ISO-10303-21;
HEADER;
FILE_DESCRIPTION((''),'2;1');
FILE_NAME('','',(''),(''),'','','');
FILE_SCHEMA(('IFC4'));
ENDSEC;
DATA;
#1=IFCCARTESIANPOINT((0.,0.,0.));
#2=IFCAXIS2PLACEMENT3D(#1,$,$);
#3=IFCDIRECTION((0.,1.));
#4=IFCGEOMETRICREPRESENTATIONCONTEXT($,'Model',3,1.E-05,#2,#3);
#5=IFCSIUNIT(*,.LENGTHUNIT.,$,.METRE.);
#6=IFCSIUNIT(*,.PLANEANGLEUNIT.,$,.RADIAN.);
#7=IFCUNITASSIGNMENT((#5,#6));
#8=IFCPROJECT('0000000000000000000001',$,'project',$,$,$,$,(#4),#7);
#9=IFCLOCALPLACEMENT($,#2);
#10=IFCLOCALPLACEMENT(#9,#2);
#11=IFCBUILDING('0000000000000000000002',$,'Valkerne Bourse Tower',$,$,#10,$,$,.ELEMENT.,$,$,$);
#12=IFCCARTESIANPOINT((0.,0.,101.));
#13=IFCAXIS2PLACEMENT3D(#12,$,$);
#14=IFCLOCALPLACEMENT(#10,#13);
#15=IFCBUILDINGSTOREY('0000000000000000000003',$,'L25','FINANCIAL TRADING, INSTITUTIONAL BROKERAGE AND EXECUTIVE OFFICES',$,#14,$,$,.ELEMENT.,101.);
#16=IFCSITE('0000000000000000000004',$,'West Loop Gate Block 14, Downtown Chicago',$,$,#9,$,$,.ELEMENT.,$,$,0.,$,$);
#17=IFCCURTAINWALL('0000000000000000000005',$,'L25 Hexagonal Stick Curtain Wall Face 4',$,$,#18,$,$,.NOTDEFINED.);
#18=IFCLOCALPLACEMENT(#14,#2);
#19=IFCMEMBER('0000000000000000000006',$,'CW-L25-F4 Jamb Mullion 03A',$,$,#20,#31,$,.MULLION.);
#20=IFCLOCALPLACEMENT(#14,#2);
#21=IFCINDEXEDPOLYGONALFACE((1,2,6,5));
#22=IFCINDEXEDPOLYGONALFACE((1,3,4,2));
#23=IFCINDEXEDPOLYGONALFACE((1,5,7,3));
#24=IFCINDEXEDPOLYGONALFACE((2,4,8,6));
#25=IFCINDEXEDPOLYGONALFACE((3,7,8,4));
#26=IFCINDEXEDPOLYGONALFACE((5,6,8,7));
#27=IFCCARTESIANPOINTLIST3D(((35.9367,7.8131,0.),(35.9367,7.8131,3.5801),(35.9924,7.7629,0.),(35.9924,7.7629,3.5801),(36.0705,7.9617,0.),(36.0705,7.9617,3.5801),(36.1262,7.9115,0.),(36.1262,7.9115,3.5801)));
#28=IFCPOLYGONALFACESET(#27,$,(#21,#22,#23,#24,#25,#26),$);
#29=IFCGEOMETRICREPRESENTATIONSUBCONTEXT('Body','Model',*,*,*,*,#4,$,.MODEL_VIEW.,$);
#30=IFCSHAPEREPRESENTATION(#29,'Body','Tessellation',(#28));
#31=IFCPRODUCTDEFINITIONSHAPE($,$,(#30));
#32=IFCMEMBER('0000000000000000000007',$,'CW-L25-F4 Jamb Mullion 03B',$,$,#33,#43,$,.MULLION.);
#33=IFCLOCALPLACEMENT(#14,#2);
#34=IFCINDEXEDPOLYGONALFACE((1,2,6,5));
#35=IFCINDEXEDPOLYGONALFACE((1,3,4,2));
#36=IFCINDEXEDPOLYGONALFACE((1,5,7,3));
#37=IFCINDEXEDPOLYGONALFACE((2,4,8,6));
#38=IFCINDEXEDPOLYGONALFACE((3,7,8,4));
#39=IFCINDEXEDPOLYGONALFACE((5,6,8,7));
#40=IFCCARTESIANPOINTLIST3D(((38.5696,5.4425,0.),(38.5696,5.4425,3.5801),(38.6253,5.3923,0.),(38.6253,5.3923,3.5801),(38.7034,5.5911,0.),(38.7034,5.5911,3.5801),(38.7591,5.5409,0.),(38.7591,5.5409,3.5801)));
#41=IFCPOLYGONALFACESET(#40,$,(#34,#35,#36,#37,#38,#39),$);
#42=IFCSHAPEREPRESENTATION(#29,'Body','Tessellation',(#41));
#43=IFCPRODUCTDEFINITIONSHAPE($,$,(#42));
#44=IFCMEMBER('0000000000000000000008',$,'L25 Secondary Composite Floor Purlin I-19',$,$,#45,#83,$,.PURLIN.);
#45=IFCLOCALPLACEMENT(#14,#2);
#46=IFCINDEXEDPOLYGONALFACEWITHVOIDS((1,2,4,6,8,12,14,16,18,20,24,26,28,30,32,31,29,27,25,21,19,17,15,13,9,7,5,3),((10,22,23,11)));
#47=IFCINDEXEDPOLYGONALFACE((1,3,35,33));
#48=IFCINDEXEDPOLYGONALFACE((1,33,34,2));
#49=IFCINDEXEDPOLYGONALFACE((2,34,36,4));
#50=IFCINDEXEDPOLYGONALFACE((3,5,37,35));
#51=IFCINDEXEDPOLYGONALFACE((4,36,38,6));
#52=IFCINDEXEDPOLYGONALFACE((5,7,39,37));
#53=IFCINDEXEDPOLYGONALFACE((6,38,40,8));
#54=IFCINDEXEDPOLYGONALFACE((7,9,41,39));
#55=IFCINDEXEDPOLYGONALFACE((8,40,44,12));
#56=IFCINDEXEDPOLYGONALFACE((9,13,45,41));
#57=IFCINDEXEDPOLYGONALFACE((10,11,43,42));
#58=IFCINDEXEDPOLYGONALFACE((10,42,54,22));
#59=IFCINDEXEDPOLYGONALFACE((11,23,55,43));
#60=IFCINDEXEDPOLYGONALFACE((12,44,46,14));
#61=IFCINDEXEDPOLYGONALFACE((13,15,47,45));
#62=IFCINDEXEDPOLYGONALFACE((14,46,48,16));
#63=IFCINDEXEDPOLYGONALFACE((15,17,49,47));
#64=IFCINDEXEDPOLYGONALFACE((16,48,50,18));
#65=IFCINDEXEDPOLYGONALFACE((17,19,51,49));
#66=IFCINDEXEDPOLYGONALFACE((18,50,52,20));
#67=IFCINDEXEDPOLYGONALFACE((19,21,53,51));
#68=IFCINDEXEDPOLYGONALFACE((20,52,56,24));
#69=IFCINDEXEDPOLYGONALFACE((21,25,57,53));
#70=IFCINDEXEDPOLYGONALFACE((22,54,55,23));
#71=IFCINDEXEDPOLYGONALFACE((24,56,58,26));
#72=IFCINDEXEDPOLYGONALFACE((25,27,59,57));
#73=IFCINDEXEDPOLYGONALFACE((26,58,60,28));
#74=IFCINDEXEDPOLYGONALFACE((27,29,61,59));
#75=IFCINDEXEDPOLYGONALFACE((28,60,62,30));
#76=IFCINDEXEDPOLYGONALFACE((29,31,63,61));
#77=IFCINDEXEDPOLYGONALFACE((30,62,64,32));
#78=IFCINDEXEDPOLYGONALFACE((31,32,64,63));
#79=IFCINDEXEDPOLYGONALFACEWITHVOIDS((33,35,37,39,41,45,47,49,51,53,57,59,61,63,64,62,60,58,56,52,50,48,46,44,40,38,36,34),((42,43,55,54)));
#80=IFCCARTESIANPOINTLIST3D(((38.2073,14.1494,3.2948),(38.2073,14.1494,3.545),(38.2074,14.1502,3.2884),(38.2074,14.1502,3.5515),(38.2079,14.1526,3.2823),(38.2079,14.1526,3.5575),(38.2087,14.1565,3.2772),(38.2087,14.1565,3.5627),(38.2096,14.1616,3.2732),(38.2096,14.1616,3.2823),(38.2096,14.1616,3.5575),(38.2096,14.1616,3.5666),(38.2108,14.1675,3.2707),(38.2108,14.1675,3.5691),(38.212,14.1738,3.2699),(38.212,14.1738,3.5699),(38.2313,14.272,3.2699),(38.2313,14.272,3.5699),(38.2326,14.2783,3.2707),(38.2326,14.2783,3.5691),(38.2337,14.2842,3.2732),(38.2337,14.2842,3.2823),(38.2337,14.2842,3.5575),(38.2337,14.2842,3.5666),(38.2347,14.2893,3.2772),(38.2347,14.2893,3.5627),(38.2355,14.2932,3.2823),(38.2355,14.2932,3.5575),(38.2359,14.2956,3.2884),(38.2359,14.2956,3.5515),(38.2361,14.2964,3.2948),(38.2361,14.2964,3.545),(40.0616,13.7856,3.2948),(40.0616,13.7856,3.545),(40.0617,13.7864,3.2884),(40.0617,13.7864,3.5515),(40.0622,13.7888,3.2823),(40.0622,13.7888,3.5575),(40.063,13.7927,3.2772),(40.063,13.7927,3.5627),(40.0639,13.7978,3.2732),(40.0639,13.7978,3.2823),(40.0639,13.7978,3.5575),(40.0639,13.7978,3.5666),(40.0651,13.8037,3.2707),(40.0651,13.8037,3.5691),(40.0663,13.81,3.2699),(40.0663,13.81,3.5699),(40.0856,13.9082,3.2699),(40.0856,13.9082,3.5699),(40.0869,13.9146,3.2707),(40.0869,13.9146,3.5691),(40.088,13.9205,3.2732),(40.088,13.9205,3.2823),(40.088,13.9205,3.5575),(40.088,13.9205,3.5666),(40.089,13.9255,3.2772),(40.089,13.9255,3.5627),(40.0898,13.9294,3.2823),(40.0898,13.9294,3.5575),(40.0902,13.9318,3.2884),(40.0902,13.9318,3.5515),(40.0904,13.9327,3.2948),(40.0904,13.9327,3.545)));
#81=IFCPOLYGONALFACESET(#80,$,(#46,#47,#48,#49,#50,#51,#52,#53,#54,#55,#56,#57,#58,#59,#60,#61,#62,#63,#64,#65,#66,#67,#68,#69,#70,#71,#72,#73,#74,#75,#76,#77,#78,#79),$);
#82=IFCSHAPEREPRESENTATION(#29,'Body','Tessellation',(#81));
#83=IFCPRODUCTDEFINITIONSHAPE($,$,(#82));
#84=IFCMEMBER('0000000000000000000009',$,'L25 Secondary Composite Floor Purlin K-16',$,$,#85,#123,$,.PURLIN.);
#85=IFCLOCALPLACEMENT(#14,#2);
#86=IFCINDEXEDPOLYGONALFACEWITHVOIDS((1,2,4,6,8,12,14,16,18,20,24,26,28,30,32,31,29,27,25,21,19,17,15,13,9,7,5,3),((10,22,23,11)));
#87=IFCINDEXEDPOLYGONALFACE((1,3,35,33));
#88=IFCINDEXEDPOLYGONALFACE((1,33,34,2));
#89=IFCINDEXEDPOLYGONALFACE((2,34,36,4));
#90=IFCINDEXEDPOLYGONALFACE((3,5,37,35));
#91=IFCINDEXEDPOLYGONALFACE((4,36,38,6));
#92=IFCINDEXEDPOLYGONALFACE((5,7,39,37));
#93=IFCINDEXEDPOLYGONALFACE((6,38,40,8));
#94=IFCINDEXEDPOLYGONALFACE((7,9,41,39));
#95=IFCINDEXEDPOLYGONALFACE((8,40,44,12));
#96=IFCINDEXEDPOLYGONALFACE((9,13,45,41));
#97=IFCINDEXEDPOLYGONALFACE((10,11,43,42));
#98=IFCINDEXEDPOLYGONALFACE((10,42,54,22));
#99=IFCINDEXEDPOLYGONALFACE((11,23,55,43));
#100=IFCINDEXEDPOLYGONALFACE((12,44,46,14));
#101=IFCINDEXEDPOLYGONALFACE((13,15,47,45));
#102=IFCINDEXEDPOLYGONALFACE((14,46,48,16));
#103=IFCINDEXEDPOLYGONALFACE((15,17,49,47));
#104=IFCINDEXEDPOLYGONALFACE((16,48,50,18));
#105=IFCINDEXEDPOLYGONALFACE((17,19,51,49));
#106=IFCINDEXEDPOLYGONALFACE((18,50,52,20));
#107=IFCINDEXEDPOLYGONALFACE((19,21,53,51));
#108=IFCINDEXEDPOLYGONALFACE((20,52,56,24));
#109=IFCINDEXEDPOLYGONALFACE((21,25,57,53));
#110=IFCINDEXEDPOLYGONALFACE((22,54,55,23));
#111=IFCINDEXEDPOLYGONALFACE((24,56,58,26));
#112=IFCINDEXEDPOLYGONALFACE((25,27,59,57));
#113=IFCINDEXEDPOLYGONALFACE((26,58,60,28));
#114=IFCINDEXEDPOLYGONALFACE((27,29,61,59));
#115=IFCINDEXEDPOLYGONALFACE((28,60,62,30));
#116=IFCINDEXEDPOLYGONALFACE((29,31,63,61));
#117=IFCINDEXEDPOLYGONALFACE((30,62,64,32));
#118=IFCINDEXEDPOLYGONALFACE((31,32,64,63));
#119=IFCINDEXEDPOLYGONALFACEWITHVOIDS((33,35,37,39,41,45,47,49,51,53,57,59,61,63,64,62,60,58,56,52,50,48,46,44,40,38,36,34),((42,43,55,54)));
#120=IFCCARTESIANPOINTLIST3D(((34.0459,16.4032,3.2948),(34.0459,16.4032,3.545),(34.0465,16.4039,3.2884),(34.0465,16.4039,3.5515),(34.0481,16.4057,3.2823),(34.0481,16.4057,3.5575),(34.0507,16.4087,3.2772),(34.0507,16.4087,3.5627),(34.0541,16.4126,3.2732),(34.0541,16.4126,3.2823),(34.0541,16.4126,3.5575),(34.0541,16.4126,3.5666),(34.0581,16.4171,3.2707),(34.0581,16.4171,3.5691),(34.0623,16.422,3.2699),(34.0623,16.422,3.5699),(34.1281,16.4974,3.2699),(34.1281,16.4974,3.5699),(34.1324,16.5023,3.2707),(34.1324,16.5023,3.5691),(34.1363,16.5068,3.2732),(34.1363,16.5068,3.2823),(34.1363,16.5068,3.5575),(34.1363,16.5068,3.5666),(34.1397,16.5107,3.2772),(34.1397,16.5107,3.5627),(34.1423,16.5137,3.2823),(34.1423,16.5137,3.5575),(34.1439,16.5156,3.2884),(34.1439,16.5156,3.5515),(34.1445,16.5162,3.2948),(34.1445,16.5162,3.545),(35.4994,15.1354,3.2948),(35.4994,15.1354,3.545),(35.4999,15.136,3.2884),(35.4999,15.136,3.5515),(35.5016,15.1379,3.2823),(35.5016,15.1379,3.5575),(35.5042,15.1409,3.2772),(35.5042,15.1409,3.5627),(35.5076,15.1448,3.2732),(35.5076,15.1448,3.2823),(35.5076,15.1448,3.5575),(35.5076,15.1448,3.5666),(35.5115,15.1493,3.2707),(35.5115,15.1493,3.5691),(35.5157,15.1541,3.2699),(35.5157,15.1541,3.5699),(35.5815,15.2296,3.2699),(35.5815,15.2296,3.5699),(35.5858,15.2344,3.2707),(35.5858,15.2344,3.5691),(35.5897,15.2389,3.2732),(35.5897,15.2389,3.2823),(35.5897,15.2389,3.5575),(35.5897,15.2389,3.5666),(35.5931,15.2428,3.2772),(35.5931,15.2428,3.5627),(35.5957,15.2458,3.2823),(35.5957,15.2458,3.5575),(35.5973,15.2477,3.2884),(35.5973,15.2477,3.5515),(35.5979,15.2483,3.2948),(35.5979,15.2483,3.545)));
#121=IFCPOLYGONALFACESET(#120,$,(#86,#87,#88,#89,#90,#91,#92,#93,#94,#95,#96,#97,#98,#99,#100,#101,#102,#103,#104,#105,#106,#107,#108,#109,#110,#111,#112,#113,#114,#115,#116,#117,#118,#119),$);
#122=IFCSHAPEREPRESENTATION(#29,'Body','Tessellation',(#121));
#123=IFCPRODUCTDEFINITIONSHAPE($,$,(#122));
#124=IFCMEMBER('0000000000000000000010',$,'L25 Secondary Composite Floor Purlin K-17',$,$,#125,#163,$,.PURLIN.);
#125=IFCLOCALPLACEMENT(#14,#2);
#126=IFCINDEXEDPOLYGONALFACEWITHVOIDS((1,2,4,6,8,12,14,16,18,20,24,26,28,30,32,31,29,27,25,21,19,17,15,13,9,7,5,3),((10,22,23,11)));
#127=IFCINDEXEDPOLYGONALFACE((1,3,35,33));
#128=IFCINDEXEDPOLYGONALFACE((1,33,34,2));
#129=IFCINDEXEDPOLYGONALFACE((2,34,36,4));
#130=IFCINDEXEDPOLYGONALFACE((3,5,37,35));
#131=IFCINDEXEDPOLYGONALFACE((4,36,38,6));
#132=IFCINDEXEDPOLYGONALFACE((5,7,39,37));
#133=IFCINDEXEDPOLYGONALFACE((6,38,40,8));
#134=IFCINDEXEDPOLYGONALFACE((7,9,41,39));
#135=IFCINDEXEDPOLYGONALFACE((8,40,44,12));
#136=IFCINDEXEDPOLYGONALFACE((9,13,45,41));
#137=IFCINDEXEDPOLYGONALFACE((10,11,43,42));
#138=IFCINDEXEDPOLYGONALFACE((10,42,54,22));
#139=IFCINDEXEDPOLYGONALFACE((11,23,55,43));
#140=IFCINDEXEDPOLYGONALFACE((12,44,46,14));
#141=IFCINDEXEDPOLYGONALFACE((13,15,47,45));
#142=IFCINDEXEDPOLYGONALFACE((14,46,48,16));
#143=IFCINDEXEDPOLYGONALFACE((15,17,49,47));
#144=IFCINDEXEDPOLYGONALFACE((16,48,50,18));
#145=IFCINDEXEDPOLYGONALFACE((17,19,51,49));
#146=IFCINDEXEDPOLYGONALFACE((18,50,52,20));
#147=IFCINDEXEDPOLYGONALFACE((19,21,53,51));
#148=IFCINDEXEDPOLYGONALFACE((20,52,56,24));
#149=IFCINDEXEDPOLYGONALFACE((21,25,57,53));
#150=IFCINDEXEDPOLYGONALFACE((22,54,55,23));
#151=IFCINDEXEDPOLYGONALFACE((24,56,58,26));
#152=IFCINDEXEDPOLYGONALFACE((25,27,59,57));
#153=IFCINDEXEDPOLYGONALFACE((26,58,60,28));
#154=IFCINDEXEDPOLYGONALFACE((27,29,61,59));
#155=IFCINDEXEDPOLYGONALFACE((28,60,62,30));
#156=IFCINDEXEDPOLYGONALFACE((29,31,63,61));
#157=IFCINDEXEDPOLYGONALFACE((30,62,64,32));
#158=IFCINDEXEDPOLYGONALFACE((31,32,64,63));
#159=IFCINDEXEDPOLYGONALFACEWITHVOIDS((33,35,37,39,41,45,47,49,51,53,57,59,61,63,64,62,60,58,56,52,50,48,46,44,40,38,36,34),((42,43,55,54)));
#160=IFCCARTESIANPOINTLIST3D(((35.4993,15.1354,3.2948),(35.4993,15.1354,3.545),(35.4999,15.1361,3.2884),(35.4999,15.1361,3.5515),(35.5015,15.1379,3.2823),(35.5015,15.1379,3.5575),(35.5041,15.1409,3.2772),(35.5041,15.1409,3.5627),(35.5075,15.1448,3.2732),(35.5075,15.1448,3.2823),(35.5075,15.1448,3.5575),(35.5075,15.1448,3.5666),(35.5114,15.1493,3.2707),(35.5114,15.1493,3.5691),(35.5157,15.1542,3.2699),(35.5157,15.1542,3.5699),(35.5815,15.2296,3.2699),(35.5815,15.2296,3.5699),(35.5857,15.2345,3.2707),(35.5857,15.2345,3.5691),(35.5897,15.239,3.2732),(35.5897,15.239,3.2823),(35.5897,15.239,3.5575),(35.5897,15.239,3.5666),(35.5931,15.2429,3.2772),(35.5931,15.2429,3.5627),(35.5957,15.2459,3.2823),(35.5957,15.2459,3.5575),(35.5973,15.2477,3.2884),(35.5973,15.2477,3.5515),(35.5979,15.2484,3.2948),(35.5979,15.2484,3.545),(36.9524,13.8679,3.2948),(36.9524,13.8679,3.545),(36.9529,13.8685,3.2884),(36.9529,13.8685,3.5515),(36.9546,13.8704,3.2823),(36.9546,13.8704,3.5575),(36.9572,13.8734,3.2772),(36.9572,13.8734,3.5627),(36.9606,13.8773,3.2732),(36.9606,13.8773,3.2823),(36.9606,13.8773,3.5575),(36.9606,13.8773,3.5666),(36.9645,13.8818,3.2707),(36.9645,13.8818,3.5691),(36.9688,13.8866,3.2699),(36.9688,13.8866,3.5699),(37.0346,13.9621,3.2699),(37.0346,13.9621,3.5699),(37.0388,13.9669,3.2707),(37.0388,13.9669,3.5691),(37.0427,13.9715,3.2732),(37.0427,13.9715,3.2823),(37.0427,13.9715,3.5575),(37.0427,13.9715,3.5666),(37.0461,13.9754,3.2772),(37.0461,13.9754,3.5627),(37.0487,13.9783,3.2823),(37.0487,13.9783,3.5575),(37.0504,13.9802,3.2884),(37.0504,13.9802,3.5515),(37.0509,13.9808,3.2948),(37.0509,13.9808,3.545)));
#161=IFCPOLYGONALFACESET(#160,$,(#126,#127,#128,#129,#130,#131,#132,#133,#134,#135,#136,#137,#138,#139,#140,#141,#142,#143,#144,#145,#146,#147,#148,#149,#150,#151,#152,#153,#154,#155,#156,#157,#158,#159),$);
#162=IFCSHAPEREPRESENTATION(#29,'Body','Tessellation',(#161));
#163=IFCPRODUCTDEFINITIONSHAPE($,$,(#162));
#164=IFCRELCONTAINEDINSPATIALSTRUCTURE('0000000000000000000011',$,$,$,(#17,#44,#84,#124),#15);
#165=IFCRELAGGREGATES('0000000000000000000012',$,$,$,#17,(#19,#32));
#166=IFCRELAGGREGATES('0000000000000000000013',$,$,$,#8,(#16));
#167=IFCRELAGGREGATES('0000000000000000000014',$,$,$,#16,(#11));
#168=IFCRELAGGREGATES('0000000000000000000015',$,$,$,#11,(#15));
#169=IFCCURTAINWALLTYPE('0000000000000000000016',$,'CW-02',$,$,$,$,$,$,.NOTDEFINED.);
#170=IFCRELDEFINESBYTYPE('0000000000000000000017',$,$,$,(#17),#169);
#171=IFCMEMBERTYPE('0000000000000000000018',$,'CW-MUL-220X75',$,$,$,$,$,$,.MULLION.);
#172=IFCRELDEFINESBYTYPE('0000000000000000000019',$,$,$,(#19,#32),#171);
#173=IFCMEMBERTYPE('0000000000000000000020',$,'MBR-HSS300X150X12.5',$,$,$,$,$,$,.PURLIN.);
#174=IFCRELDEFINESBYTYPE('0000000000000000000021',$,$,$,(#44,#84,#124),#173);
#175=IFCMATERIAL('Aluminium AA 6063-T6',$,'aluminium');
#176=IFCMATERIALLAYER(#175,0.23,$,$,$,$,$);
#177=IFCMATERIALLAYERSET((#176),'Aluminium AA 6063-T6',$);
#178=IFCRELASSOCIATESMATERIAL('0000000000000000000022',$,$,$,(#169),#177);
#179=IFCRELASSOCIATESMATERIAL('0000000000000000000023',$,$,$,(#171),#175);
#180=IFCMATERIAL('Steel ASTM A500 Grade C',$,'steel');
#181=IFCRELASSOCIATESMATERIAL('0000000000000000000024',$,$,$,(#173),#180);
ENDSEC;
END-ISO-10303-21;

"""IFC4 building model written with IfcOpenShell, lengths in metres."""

from ifc_helpers import new_model, si_unit, direction, frame, origin, origin_2d, place, context, subcontext, project, spatial, rectangle, hollow_rectangle, extrude, material, layer, layer_set, material_profile, profile_set, type_object, element, aggregate, save


model = new_model("IFC4")

# Units and contexts
model_context = context("Model", 3, precision=1e-05, world=origin(), true_north=direction((0.0, 1.0)))
body_context = subcontext(model_context, "Body", "Model", "MODEL_VIEW")
ifc_project = project(units=[si_unit("LENGTHUNIT", "METRE"), si_unit("PLANEANGLEUNIT", "RADIAN")], contexts=[model_context])

# Site, building, storey
site_placement = place(None, origin())
site = spatial("IfcSite", under=ifc_project, at=site_placement, Name="West Loop Gate Block 14, Downtown Chicago", CompositionType="ELEMENT", RefElevation=0.0)
building_placement = place(site_placement, origin())
building = spatial("IfcBuilding", under=site, at=building_placement, Name="Valkerne Bourse Tower", CompositionType="ELEMENT")
storey_placement = place(building_placement, frame((0.0, 0.0, 101.0)))
storey = spatial("IfcBuildingStorey", under=building, at=storey_placement, Name="L25", Description="FINANCIAL TRADING, INSTITUTIONAL BROKERAGE AND EXECUTIVE OFFICES", CompositionType="ELEMENT", Elevation=101.0)

# Curtain wall, members
ifc_material_1 = material(Name="Aluminium AA 6063-T6", Category="aluminium")
ifc_layer_1 = layer(ifc_material_1, 0.23)
ifc_layer_set_1 = layer_set([ifc_layer_1], Name="Aluminium AA 6063-T6")
curtain_wall_type = type_object("IfcCurtainWallType", Name="CW-02", PredefinedType="NOTDEFINED", material=ifc_layer_set_1)
curtain_wall_placement = place(storey_placement, origin())
curtain_wall = element("IfcCurtainWall", 1, at=curtain_wall_placement, inside=storey, type_object=curtain_wall_type, Name="L25 Hexagonal Stick Curtain Wall Face 4", PredefinedType="NOTDEFINED")
ifc_material_profile_1 = material_profile(ifc_material_1, rectangle(XDim=0.075, YDim=0.2, at=origin_2d()), Name="CWM-75X200")
ifc_profile_set_1 = profile_set([ifc_material_profile_1], Name="Aluminium AA 6063-T6")
member_type_1 = type_object("IfcMemberType", Name="CW-MUL-220X75", PredefinedType="MULLION", material=ifc_profile_set_1)
member_1_placement = place(storey_placement, frame((36.0315, 7.8623, 0.0), z_axis=(0.0, 0.0, 1.0), x_axis=(0.743144, -0.669131, 0.0)))
member_1 = element("IfcMember", 2, at=member_1_placement, type_object=member_type_1, Name="CW-L25-F4 Jamb Mullion 03A", PredefinedType="MULLION", context=body_context, shape_type="SweptSolid", body=[
    extrude(rectangle(XDim=0.075, YDim=0.2, at=origin_2d()), origin(), (0.0, 0.0, 1.0), 3.5801),
])
member_2_placement = place(storey_placement, frame((38.6643, 5.4917, 0.0), z_axis=(0.0, 0.0, 1.0), x_axis=(0.743144, -0.669131, 0.0)))
member_2 = element("IfcMember", 3, at=member_2_placement, type_object=member_type_1, Name="CW-L25-F4 Jamb Mullion 03B", PredefinedType="MULLION", context=body_context, shape_type="SweptSolid", body=[
    extrude(rectangle(XDim=0.075, YDim=0.2, at=origin_2d()), origin(), (0.0, 0.0, 1.0), 3.5801),
])

# Members
ifc_material_2 = material(Name="Steel ASTM A500 Grade C", Category="steel")
ifc_material_profile_2 = material_profile(ifc_material_2, hollow_rectangle(XDim=0.1499, YDim=0.3, WallThickness=0.0125, OuterFilletRadius=0.0249, at=origin_2d()), Name="HSS300X150X12.5")
ifc_profile_set_2 = profile_set([ifc_material_profile_2], Name="Steel ASTM A500 Grade C")
member_type_2 = type_object("IfcMemberType", Name="MBR-HSS300X150X12.5", PredefinedType="PURLIN", material=ifc_profile_set_2)
member_3_placement = place(storey_placement, frame((38.2217, 14.2229, 3.4199), z_axis=(0.981295, -0.192512, 0.0), x_axis=(0.192512, 0.981295, 0.0)))
element("IfcMember", 4, at=member_3_placement, inside=storey, type_object=member_type_2, Name="L25 Secondary Composite Floor Purlin I-19", PredefinedType="PURLIN", context=body_context, shape_type="SweptSolid", body=[
    extrude(hollow_rectangle(XDim=0.1499, YDim=0.3, WallThickness=0.0125, OuterFilletRadius=0.0249, at=origin_2d()), origin(), (0.0, 0.0, 1.0), 1.8896),
])
member_4_placement = place(storey_placement, frame((34.0952, 16.4597, 3.4199), z_axis=(0.753572, -0.657366, 0.0), x_axis=(0.657366, 0.753572, 0.0)))
element("IfcMember", 5, at=member_4_placement, inside=storey, type_object=member_type_2, Name="L25 Secondary Composite Floor Purlin K-16", PredefinedType="PURLIN", context=body_context, shape_type="SweptSolid", body=[
    extrude(hollow_rectangle(XDim=0.1499, YDim=0.3, WallThickness=0.0125, OuterFilletRadius=0.0249, at=origin_2d()), origin(), (0.0, 0.0, 1.0), 1.9287),
])
member_5_placement = place(storey_placement, frame((35.5486, 15.1919, 3.4199), z_axis=(0.75358, -0.657357, 0.0), x_axis=(0.657357, 0.75358, 0.0)))
element("IfcMember", 6, at=member_5_placement, inside=storey, type_object=member_type_2, Name="L25 Secondary Composite Floor Purlin K-17", PredefinedType="PURLIN", context=body_context, shape_type="SweptSolid", body=[
    extrude(hollow_rectangle(XDim=0.1499, YDim=0.3, WallThickness=0.0125, OuterFilletRadius=0.0249, at=origin_2d()), origin(), (0.0, 0.0, 1.0), 1.9282),
])

aggregate(curtain_wall, [member_1, member_2])

save(model, "model.ifc")
